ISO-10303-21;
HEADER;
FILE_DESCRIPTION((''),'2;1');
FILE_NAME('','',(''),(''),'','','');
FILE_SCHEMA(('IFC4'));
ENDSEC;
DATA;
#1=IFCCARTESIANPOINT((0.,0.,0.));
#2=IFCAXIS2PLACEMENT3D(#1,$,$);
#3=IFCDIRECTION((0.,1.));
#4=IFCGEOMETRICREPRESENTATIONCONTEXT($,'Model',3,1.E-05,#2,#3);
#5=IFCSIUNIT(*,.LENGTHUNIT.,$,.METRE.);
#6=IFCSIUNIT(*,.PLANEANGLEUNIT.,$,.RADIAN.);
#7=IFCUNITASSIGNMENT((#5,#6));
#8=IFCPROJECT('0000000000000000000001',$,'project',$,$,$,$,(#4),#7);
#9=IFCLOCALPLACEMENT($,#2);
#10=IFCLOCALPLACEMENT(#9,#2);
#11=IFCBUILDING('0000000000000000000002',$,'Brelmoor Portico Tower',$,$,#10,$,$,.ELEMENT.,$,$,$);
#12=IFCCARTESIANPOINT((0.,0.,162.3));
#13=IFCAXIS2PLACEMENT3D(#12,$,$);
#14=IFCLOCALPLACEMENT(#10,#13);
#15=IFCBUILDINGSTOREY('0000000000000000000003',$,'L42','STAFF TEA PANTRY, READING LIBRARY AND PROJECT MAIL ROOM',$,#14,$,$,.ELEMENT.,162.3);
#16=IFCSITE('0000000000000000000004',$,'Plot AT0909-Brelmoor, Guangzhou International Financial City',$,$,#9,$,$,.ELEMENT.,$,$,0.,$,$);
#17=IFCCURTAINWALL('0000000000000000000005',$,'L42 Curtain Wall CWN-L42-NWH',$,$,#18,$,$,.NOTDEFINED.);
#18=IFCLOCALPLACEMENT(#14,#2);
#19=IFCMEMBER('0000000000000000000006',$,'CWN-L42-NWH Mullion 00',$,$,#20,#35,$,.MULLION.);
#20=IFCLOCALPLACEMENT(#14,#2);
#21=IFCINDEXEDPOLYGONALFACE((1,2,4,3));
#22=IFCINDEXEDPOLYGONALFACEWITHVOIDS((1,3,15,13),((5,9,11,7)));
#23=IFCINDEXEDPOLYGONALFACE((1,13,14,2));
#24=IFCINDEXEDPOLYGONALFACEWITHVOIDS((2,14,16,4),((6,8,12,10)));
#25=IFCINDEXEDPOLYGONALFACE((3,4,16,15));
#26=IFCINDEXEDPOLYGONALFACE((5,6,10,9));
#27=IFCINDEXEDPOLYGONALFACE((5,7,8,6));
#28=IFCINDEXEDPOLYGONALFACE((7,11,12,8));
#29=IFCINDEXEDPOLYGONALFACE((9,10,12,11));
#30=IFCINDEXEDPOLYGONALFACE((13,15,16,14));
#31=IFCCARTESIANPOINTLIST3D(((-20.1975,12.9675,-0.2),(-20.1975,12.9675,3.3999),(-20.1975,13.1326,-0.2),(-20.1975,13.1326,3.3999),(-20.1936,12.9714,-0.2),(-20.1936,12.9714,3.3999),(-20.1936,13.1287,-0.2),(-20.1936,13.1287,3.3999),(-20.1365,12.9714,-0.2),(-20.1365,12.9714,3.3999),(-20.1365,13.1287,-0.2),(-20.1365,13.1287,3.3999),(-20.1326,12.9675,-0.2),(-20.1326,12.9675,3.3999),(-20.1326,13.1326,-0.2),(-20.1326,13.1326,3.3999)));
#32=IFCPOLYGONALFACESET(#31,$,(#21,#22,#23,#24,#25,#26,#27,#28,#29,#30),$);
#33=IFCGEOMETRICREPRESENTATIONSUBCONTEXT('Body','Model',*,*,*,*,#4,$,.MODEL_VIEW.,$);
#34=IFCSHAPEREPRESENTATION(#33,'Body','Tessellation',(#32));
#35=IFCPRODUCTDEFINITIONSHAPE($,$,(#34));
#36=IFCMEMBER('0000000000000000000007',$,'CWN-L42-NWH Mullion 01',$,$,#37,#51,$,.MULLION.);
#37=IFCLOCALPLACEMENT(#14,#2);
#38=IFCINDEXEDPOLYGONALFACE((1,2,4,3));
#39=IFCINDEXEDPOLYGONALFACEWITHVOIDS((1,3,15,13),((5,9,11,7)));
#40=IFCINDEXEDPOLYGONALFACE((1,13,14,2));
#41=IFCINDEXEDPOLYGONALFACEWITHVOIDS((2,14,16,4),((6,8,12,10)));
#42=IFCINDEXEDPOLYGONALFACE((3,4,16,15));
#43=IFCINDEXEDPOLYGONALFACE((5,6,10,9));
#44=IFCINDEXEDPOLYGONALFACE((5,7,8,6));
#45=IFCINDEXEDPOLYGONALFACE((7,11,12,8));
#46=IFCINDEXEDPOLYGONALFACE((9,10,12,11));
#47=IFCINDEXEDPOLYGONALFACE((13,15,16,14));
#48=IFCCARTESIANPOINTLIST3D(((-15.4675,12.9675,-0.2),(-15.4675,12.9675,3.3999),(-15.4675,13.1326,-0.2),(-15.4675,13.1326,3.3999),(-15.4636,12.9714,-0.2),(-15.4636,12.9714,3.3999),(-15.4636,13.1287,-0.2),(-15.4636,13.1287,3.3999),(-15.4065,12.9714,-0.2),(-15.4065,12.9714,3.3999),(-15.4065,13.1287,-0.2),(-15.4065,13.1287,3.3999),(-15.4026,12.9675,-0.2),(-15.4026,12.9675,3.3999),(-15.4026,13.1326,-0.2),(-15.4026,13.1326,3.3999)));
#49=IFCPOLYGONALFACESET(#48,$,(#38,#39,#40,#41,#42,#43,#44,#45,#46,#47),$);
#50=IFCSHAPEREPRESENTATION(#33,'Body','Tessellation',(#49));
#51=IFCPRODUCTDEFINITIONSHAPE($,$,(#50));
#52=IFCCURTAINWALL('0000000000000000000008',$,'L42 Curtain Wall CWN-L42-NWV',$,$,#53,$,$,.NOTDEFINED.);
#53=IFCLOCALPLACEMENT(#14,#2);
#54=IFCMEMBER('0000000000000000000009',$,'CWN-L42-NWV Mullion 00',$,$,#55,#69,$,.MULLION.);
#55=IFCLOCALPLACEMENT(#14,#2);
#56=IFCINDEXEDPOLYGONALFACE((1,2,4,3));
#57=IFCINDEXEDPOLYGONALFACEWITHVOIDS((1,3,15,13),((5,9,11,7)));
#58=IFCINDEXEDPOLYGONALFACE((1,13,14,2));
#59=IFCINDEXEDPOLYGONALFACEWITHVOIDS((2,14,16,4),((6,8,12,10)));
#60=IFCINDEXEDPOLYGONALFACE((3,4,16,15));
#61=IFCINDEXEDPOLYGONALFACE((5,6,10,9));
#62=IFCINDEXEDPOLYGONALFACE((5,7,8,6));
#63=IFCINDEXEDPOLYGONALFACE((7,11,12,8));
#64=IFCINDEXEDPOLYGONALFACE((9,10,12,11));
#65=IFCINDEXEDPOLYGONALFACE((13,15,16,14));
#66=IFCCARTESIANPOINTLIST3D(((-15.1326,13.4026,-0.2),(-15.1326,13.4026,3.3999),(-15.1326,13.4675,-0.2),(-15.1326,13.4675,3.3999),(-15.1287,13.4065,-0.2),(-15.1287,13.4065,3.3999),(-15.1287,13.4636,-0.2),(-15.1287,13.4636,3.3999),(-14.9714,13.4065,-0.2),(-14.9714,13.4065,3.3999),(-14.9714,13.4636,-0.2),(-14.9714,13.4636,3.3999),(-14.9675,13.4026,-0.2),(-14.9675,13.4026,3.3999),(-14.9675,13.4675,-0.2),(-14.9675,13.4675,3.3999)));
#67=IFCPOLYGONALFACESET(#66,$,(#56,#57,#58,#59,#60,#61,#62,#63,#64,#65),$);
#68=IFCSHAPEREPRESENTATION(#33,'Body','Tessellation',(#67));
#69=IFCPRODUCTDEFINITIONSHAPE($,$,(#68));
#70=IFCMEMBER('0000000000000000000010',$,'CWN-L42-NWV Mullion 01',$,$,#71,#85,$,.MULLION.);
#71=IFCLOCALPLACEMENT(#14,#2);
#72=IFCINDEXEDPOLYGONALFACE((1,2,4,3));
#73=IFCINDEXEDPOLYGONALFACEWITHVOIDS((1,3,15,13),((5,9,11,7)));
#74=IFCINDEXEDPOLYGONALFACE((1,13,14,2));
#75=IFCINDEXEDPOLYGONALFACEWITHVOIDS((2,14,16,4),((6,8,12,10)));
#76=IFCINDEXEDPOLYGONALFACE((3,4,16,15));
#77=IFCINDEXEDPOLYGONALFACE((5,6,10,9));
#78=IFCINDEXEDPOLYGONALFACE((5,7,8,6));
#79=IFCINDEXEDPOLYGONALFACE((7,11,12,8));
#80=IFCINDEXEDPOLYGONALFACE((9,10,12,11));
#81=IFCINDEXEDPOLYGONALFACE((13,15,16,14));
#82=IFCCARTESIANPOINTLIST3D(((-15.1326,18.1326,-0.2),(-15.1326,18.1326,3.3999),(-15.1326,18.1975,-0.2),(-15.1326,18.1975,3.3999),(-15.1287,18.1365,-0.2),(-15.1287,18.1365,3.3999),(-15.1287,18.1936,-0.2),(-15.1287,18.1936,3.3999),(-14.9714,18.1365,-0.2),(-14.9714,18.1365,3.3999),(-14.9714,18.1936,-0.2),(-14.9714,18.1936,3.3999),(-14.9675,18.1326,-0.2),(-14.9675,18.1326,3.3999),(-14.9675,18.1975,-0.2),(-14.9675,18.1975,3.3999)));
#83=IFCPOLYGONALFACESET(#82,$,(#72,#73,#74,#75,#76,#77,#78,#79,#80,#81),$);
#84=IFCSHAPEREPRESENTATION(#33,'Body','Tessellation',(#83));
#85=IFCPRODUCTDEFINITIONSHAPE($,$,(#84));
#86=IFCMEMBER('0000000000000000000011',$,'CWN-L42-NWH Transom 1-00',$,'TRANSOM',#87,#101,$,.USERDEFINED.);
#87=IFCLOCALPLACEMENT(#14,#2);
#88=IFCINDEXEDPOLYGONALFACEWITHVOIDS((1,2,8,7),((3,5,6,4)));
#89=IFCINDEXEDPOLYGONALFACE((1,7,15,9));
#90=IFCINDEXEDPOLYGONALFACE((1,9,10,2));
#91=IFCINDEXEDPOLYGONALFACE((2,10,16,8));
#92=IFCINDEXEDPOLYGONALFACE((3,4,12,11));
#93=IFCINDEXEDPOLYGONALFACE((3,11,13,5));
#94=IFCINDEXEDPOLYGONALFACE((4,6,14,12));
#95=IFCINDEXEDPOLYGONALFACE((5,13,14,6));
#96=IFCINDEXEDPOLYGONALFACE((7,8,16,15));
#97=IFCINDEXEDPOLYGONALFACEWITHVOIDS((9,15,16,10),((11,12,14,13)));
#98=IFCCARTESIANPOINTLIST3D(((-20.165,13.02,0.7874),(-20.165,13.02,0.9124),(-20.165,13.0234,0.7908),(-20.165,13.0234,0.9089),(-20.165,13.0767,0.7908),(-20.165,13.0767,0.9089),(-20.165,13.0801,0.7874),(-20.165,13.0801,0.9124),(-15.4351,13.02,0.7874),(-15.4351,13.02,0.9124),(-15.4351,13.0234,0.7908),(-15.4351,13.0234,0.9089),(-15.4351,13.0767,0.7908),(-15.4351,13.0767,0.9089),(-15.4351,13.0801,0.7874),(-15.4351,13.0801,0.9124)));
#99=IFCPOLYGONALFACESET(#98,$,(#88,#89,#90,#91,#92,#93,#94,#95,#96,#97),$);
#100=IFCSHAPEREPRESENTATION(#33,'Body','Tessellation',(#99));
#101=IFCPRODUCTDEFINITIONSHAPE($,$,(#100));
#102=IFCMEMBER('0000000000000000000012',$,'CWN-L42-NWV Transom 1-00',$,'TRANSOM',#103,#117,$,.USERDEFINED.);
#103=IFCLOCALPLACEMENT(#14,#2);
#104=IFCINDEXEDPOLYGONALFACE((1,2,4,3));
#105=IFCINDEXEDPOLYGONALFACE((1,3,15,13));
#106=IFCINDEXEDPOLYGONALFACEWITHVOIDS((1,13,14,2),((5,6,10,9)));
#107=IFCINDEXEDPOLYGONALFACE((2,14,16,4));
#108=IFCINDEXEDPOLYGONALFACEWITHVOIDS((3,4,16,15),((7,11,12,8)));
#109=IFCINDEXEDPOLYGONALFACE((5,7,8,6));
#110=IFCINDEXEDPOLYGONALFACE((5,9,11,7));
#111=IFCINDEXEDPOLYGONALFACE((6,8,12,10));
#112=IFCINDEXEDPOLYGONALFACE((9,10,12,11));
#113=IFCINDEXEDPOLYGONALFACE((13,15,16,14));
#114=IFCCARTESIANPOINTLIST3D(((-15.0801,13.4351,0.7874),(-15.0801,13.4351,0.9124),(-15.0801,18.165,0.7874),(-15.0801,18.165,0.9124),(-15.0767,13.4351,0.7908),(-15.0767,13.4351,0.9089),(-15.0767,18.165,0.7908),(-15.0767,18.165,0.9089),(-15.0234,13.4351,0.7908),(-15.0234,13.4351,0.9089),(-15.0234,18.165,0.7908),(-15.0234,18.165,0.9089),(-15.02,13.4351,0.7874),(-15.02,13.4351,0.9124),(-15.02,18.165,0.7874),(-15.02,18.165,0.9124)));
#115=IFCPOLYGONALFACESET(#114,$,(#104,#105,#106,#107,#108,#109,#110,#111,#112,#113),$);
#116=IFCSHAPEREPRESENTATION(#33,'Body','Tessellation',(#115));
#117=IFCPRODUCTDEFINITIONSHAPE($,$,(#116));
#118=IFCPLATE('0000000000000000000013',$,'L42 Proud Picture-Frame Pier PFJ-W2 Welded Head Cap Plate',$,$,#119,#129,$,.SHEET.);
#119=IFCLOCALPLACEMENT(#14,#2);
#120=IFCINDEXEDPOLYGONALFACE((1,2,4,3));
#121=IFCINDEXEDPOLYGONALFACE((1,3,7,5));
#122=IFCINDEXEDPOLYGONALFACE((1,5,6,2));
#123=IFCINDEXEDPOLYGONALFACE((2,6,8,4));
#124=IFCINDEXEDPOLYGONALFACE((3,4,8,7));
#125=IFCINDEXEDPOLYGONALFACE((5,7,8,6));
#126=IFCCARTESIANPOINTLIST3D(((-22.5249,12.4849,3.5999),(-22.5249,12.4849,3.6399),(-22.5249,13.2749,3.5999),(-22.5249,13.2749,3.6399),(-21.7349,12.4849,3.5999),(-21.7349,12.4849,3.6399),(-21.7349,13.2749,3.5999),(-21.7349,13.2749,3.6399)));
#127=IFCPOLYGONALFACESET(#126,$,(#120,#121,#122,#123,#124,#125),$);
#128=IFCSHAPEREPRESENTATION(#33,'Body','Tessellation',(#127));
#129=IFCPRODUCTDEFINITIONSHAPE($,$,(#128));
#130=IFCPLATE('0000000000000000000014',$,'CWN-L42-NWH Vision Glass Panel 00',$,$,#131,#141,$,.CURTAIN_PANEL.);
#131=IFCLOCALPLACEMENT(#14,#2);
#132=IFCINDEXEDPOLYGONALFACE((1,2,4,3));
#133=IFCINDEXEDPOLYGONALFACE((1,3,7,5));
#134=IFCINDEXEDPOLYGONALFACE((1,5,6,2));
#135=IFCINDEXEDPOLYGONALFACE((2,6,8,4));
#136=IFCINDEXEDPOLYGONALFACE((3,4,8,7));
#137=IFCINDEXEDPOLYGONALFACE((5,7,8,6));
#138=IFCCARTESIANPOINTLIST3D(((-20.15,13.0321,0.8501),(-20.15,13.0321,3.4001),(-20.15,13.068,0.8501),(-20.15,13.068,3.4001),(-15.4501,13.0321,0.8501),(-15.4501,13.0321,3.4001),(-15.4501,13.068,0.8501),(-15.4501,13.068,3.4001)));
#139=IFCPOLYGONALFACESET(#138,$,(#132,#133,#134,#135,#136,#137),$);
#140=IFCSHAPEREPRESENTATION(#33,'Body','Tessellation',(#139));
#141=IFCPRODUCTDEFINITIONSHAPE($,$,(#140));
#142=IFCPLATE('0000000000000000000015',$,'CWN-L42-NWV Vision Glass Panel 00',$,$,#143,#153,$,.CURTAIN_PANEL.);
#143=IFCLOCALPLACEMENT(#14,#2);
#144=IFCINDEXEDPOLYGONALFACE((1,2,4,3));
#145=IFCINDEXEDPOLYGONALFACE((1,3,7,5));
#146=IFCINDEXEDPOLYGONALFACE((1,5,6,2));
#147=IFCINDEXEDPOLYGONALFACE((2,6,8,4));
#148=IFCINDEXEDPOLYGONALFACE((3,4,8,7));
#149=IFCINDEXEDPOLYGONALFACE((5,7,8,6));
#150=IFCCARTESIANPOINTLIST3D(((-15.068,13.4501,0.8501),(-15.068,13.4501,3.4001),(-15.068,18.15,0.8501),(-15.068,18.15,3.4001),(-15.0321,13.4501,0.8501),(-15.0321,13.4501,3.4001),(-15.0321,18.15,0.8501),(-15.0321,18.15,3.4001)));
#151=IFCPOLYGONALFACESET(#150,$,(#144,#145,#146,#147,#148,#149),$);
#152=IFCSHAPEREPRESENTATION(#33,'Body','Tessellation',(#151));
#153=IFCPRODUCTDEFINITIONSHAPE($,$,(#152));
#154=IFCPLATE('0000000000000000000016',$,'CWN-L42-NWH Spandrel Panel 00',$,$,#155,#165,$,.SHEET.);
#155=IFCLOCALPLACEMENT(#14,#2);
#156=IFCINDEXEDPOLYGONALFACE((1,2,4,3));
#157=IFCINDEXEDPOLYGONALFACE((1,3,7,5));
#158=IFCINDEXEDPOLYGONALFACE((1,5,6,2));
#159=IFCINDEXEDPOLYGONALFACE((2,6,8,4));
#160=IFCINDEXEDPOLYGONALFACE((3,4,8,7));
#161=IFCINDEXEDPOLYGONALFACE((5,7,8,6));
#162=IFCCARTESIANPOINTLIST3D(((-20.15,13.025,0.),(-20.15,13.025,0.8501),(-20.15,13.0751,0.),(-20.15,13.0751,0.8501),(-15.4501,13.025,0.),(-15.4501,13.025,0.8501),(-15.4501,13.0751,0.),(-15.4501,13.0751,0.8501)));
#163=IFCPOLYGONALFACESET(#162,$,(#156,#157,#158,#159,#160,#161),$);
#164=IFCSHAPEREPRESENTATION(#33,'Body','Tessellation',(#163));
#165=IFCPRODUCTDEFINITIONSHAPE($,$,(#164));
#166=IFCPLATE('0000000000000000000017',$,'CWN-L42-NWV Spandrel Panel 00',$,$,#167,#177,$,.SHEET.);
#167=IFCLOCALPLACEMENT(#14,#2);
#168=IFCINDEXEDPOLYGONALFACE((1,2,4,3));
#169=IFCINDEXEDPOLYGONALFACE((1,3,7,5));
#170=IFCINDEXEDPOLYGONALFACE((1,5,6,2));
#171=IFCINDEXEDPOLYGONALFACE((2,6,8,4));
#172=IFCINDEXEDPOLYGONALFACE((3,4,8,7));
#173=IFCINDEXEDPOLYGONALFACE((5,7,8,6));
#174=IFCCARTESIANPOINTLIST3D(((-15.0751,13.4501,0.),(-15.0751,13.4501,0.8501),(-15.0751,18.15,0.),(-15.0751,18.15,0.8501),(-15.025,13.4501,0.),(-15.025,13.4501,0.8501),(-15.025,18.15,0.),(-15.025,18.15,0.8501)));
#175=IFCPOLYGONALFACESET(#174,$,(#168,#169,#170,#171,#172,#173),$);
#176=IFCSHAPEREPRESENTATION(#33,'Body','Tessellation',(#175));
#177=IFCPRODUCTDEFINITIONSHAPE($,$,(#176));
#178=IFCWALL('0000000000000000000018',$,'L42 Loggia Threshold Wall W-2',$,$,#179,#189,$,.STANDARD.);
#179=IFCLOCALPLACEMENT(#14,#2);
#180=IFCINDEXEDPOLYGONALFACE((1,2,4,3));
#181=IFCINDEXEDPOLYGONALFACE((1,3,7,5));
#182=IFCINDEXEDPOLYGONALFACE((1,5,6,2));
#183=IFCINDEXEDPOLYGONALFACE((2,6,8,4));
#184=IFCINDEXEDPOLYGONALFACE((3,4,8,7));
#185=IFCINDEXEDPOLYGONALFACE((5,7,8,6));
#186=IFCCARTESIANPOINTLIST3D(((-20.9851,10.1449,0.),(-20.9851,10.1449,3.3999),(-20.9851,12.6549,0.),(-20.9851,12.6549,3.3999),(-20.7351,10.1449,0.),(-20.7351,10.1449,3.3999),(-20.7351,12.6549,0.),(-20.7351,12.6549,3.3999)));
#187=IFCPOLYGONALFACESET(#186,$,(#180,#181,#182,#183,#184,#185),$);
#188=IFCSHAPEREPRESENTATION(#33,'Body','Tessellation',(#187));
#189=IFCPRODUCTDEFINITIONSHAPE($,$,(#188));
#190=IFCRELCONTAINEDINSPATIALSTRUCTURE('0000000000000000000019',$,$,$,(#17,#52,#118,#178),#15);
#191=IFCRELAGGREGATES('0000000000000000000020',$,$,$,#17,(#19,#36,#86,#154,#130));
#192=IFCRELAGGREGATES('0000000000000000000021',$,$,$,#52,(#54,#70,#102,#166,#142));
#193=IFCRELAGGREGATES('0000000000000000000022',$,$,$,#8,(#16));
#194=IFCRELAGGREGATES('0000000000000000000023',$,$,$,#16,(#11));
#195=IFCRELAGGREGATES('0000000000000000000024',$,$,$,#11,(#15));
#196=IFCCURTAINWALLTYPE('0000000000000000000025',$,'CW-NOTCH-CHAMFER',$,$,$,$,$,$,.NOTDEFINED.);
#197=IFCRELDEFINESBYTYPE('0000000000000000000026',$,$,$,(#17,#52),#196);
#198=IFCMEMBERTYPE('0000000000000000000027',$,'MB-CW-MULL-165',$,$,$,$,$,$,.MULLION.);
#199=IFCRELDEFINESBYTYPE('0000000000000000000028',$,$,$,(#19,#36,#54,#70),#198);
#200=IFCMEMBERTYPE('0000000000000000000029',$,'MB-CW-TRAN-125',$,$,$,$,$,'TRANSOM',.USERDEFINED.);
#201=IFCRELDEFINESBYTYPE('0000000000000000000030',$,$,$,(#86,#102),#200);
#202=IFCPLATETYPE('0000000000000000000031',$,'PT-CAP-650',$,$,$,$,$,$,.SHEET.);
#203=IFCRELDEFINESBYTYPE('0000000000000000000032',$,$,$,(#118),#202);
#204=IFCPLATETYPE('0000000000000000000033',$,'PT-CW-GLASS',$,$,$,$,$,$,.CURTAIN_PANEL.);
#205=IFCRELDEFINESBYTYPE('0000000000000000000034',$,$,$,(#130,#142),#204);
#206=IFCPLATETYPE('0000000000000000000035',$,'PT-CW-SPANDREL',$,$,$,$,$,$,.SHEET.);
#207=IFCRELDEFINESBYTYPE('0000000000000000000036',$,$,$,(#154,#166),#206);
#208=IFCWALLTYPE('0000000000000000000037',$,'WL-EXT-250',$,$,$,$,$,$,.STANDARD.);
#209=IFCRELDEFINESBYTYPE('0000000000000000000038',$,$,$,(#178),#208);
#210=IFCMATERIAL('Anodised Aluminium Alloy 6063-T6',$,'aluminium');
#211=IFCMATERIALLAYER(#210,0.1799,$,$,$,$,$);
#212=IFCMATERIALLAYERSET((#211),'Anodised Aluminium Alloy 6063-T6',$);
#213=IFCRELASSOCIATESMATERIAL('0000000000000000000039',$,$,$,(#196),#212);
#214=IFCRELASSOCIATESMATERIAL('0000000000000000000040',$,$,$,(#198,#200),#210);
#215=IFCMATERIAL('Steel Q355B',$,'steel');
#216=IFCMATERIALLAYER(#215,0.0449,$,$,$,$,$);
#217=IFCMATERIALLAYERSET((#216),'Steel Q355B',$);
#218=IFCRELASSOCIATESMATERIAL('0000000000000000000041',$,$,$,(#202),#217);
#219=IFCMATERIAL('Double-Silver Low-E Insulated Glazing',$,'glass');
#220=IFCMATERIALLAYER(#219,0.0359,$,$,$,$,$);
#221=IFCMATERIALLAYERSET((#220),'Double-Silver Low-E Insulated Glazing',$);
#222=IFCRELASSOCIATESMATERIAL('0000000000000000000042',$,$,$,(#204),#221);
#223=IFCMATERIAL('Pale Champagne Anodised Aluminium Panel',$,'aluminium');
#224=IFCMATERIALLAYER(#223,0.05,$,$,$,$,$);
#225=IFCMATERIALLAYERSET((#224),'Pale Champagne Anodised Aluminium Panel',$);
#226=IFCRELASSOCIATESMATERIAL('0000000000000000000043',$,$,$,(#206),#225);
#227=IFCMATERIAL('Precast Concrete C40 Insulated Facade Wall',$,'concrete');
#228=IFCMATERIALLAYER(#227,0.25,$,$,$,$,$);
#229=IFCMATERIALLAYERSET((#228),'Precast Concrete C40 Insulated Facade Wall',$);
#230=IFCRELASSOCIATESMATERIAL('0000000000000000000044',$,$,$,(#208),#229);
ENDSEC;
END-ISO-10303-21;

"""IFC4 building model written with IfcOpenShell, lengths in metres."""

from ifc_helpers import new_model, si_unit, direction, frame, frame_2d, origin, origin_2d, place, context, subcontext, project, spatial, rectangle, hollow_rectangle, extrude, material, layer, layer_set, material_profile, profile_set, type_object, element, aggregate, save


model = new_model("IFC4")

# Units and contexts
model_context = context("Model", 3, precision=1e-05, world=origin(), true_north=direction((0.0, 1.0)))
body_context = subcontext(model_context, "Body", "Model", "MODEL_VIEW")
ifc_project = project(units=[si_unit("LENGTHUNIT", "METRE"), si_unit("PLANEANGLEUNIT", "RADIAN")], contexts=[model_context])

# Site, building, storey
site_placement = place(None, origin())
site = spatial("IfcSite", under=ifc_project, at=site_placement, Name="Plot AT0909-Brelmoor, Guangzhou International Financial City", CompositionType="ELEMENT", RefElevation=0.0)
building_placement = place(site_placement, origin())
building = spatial("IfcBuilding", under=site, at=building_placement, Name="Brelmoor Portico Tower", CompositionType="ELEMENT")
storey_placement = place(building_placement, frame((0.0, 0.0, 162.3)))
storey = spatial("IfcBuildingStorey", under=building, at=storey_placement, Name="L42", Description="STAFF TEA PANTRY, READING LIBRARY AND PROJECT MAIL ROOM", CompositionType="ELEMENT", Elevation=162.3)

# Shared definitions
ifc_material_1 = material(Name="Steel Q355B", Category="steel")

# Curtain walls, members
ifc_material_2 = material(Name="Anodised Aluminium Alloy 6063-T6", Category="aluminium")
ifc_layer_1 = layer(ifc_material_2, 0.1799)
ifc_layer_set_1 = layer_set([ifc_layer_1], Name="Anodised Aluminium Alloy 6063-T6")
curtain_wall_type = type_object("IfcCurtainWallType", Name="CW-NOTCH-CHAMFER", PredefinedType="NOTDEFINED", material=ifc_layer_set_1)
curtain_wall_1_placement = place(storey_placement, origin())
curtain_wall_1 = element("IfcCurtainWall", 1, at=curtain_wall_1_placement, inside=storey, type_object=curtain_wall_type, Name="L42 Curtain Wall CWN-L42-NWH", PredefinedType="NOTDEFINED")
ifc_material_profile_1 = material_profile(ifc_material_2, hollow_rectangle(XDim=0.0649, YDim=0.165, WallThickness=0.0039, at=origin_2d()), Name="ALU MULLION 65x165")
ifc_profile_set_1 = profile_set([ifc_material_profile_1], Name="Anodised Aluminium Alloy 6063-T6")
member_type_1 = type_object("IfcMemberType", Name="MB-CW-MULL-165", PredefinedType="MULLION", material=ifc_profile_set_1)
member_1_placement = place(storey_placement, frame((-20.165, 13.05, -0.2), z_axis=(0.0, 0.0, 1.0), x_axis=(1.0, 0.0, 0.0)))
member_1 = element("IfcMember", 2, at=member_1_placement, type_object=member_type_1, Name="CWN-L42-NWH Mullion 00", PredefinedType="MULLION", context=body_context, shape_type="SweptSolid", body=[
    extrude(hollow_rectangle(XDim=0.0649, YDim=0.165, WallThickness=0.0039, at=origin_2d()), origin(), (0.0, 0.0, 1.0), 3.5999),
])
member_2_placement = place(storey_placement, frame((-15.4351, 13.05, -0.2), z_axis=(0.0, 0.0, 1.0), x_axis=(1.0, 0.0, 0.0)))
member_2 = element("IfcMember", 3, at=member_2_placement, type_object=member_type_1, Name="CWN-L42-NWH Mullion 01", PredefinedType="MULLION", context=body_context, shape_type="SweptSolid", body=[
    extrude(hollow_rectangle(XDim=0.0649, YDim=0.165, WallThickness=0.0039, at=origin_2d()), origin(), (0.0, 0.0, 1.0), 3.5999),
])
curtain_wall_2_placement = place(storey_placement, origin())
curtain_wall_2 = element("IfcCurtainWall", 4, at=curtain_wall_2_placement, inside=storey, type_object=curtain_wall_type, Name="L42 Curtain Wall CWN-L42-NWV", PredefinedType="NOTDEFINED")
member_3_placement = place(storey_placement, frame((-15.05, 13.4351, -0.2), z_axis=(0.0, 0.0, 1.0), x_axis=(0.0, 1.0, 0.0)))
member_3 = element("IfcMember", 5, at=member_3_placement, type_object=member_type_1, Name="CWN-L42-NWV Mullion 00", PredefinedType="MULLION", context=body_context, shape_type="SweptSolid", body=[
    extrude(hollow_rectangle(XDim=0.0649, YDim=0.165, WallThickness=0.0039, at=origin_2d()), origin(), (0.0, 0.0, 1.0), 3.5999),
])
member_4_placement = place(storey_placement, frame((-15.05, 18.165, -0.2), z_axis=(0.0, 0.0, 1.0), x_axis=(0.0, 1.0, 0.0)))
member_4 = element("IfcMember", 6, at=member_4_placement, type_object=member_type_1, Name="CWN-L42-NWV Mullion 01", PredefinedType="MULLION", context=body_context, shape_type="SweptSolid", body=[
    extrude(hollow_rectangle(XDim=0.0649, YDim=0.165, WallThickness=0.0039, at=origin_2d()), origin(), (0.0, 0.0, 1.0), 3.5999),
])

# Members
ifc_material_profile_2 = material_profile(ifc_material_2, hollow_rectangle(XDim=0.0601, YDim=0.125, WallThickness=0.0034, at=origin_2d()), Name="ALU TRANSOM 60x125")
ifc_profile_set_2 = profile_set([ifc_material_profile_2], Name="Anodised Aluminium Alloy 6063-T6")
member_type_2 = type_object("IfcMemberType", Name="MB-CW-TRAN-125", ElementType="TRANSOM", PredefinedType="USERDEFINED", material=ifc_profile_set_2)
member_5_placement = place(storey_placement, frame((-20.165, 13.05, 0.8499), z_axis=(1.0, 0.0, 0.0), x_axis=(0.0, 1.0, 0.0)))
member_5 = element("IfcMember", 7, at=member_5_placement, type_object=member_type_2, Name="CWN-L42-NWH Transom 1-00", ObjectType="TRANSOM", PredefinedType="USERDEFINED", context=body_context, shape_type="SweptSolid", body=[
    extrude(hollow_rectangle(XDim=0.0601, YDim=0.125, WallThickness=0.0034, at=origin_2d()), origin(), (0.0, 0.0, 1.0), 4.73),
])
member_6_placement = place(storey_placement, frame((-15.05, 13.4351, 0.8499), z_axis=(0.0, 1.0, 0.0), x_axis=(-1.0, 0.0, 0.0)))
member_6 = element("IfcMember", 8, at=member_6_placement, type_object=member_type_2, Name="CWN-L42-NWV Transom 1-00", ObjectType="TRANSOM", PredefinedType="USERDEFINED", context=body_context, shape_type="SweptSolid", body=[
    extrude(hollow_rectangle(XDim=0.0601, YDim=0.125, WallThickness=0.0034, at=origin_2d()), origin(), (0.0, 0.0, 1.0), 4.73),
])

# Plates
ifc_layer_2 = layer(ifc_material_1, 0.0449)
ifc_layer_set_2 = layer_set([ifc_layer_2], Name="Steel Q355B")
plate_type_1 = type_object("IfcPlateType", Name="PT-CAP-650", PredefinedType="SHEET", material=ifc_layer_set_2)
plate_1_placement = place(storey_placement, frame((-22.1299, 12.8799, 3.5999), z_axis=(0.0, 0.0, 1.0), x_axis=(0.0, 1.0, 0.0)))
element("IfcPlate", 9, at=plate_1_placement, inside=storey, type_object=plate_type_1, Name="L42 Proud Picture-Frame Pier PFJ-W2 Welded Head Cap Plate", PredefinedType="SHEET", context=body_context, shape_type="SweptSolid", body=[
    extrude(rectangle(XDim=0.79, YDim=0.79, at=origin_2d()), origin(), (0.0, 0.0, 1.0), 0.04),
])
ifc_material_3 = material(Name="Double-Silver Low-E Insulated Glazing", Category="glass")
ifc_layer_3 = layer(ifc_material_3, 0.0359)
ifc_layer_set_3 = layer_set([ifc_layer_3], Name="Double-Silver Low-E Insulated Glazing")
plate_type_2 = type_object("IfcPlateType", Name="PT-CW-GLASS", PredefinedType="CURTAIN_PANEL", material=ifc_layer_set_3)
plate_2_placement = place(storey_placement, frame((-17.8, 13.05, 0.8501), z_axis=(0.0, 0.0, 1.0), x_axis=(1.0, 0.0, 0.0)))
plate_2 = element("IfcPlate", 10, at=plate_2_placement, type_object=plate_type_2, Name="CWN-L42-NWH Vision Glass Panel 00", PredefinedType="CURTAIN_PANEL", context=body_context, shape_type="SweptSolid", body=[
    extrude(rectangle(XDim=4.7, YDim=0.0359, at=origin_2d()), origin(), (0.0, 0.0, 1.0), 2.55),
])
plate_3_placement = place(storey_placement, frame((-15.05, 15.8, 0.8501), z_axis=(0.0, 0.0, 1.0), x_axis=(0.0, 1.0, 0.0)))
plate_3 = element("IfcPlate", 11, at=plate_3_placement, type_object=plate_type_2, Name="CWN-L42-NWV Vision Glass Panel 00", PredefinedType="CURTAIN_PANEL", context=body_context, shape_type="SweptSolid", body=[
    extrude(rectangle(XDim=4.7, YDim=0.0359, at=origin_2d()), origin(), (0.0, 0.0, 1.0), 2.55),
])
ifc_material_4 = material(Name="Pale Champagne Anodised Aluminium Panel", Category="aluminium")
ifc_layer_4 = layer(ifc_material_4, 0.05)
ifc_layer_set_4 = layer_set([ifc_layer_4], Name="Pale Champagne Anodised Aluminium Panel")
plate_type_3 = type_object("IfcPlateType", Name="PT-CW-SPANDREL", PredefinedType="SHEET", material=ifc_layer_set_4)
plate_4_placement = place(storey_placement, frame((-17.8, 13.05, 0.0), z_axis=(0.0, 0.0, 1.0), x_axis=(1.0, 0.0, 0.0)))
plate_4 = element("IfcPlate", 12, at=plate_4_placement, type_object=plate_type_3, Name="CWN-L42-NWH Spandrel Panel 00", PredefinedType="SHEET", context=body_context, shape_type="SweptSolid", body=[
    extrude(rectangle(XDim=4.7, YDim=0.05, at=origin_2d()), origin(), (0.0, 0.0, 1.0), 0.8501),
])
aggregate(curtain_wall_1, [member_1, member_2, member_5, plate_4, plate_2])
plate_5_placement = place(storey_placement, frame((-15.05, 15.8, 0.0), z_axis=(0.0, 0.0, 1.0), x_axis=(0.0, 1.0, 0.0)))
plate_5 = element("IfcPlate", 13, at=plate_5_placement, type_object=plate_type_3, Name="CWN-L42-NWV Spandrel Panel 00", PredefinedType="SHEET", context=body_context, shape_type="SweptSolid", body=[
    extrude(rectangle(XDim=4.7, YDim=0.05, at=origin_2d()), origin(), (0.0, 0.0, 1.0), 0.8501),
])
aggregate(curtain_wall_2, [member_3, member_4, member_6, plate_5, plate_3])

# Wall
ifc_material_5 = material(Name="Precast Concrete C40 Insulated Facade Wall", Category="concrete")
ifc_layer_5 = layer(ifc_material_5, 0.25)
ifc_layer_set_5 = layer_set([ifc_layer_5], Name="Precast Concrete C40 Insulated Facade Wall")
wall_type_1 = type_object("IfcWallType", Name="WL-EXT-250", PredefinedType="STANDARD", material=ifc_layer_set_5)
wall_1_placement = place(storey_placement, frame((-20.8601, 10.145, 0.0), z_axis=(0.0, 0.0, 1.0), x_axis=(0.0, 1.0, 0.0)))
element("IfcWall", 14, at=wall_1_placement, inside=storey, type_object=wall_type_1, Name="L42 Loggia Threshold Wall W-2", PredefinedType="STANDARD", context=body_context, shape_type="SweptSolid", body=[
    extrude(rectangle(XDim=2.51, YDim=0.25, at=frame_2d((1.2549, 0.0))), origin(), (0.0, 0.0, 1.0), 3.3999),
])

save(model, "model.ifc")
